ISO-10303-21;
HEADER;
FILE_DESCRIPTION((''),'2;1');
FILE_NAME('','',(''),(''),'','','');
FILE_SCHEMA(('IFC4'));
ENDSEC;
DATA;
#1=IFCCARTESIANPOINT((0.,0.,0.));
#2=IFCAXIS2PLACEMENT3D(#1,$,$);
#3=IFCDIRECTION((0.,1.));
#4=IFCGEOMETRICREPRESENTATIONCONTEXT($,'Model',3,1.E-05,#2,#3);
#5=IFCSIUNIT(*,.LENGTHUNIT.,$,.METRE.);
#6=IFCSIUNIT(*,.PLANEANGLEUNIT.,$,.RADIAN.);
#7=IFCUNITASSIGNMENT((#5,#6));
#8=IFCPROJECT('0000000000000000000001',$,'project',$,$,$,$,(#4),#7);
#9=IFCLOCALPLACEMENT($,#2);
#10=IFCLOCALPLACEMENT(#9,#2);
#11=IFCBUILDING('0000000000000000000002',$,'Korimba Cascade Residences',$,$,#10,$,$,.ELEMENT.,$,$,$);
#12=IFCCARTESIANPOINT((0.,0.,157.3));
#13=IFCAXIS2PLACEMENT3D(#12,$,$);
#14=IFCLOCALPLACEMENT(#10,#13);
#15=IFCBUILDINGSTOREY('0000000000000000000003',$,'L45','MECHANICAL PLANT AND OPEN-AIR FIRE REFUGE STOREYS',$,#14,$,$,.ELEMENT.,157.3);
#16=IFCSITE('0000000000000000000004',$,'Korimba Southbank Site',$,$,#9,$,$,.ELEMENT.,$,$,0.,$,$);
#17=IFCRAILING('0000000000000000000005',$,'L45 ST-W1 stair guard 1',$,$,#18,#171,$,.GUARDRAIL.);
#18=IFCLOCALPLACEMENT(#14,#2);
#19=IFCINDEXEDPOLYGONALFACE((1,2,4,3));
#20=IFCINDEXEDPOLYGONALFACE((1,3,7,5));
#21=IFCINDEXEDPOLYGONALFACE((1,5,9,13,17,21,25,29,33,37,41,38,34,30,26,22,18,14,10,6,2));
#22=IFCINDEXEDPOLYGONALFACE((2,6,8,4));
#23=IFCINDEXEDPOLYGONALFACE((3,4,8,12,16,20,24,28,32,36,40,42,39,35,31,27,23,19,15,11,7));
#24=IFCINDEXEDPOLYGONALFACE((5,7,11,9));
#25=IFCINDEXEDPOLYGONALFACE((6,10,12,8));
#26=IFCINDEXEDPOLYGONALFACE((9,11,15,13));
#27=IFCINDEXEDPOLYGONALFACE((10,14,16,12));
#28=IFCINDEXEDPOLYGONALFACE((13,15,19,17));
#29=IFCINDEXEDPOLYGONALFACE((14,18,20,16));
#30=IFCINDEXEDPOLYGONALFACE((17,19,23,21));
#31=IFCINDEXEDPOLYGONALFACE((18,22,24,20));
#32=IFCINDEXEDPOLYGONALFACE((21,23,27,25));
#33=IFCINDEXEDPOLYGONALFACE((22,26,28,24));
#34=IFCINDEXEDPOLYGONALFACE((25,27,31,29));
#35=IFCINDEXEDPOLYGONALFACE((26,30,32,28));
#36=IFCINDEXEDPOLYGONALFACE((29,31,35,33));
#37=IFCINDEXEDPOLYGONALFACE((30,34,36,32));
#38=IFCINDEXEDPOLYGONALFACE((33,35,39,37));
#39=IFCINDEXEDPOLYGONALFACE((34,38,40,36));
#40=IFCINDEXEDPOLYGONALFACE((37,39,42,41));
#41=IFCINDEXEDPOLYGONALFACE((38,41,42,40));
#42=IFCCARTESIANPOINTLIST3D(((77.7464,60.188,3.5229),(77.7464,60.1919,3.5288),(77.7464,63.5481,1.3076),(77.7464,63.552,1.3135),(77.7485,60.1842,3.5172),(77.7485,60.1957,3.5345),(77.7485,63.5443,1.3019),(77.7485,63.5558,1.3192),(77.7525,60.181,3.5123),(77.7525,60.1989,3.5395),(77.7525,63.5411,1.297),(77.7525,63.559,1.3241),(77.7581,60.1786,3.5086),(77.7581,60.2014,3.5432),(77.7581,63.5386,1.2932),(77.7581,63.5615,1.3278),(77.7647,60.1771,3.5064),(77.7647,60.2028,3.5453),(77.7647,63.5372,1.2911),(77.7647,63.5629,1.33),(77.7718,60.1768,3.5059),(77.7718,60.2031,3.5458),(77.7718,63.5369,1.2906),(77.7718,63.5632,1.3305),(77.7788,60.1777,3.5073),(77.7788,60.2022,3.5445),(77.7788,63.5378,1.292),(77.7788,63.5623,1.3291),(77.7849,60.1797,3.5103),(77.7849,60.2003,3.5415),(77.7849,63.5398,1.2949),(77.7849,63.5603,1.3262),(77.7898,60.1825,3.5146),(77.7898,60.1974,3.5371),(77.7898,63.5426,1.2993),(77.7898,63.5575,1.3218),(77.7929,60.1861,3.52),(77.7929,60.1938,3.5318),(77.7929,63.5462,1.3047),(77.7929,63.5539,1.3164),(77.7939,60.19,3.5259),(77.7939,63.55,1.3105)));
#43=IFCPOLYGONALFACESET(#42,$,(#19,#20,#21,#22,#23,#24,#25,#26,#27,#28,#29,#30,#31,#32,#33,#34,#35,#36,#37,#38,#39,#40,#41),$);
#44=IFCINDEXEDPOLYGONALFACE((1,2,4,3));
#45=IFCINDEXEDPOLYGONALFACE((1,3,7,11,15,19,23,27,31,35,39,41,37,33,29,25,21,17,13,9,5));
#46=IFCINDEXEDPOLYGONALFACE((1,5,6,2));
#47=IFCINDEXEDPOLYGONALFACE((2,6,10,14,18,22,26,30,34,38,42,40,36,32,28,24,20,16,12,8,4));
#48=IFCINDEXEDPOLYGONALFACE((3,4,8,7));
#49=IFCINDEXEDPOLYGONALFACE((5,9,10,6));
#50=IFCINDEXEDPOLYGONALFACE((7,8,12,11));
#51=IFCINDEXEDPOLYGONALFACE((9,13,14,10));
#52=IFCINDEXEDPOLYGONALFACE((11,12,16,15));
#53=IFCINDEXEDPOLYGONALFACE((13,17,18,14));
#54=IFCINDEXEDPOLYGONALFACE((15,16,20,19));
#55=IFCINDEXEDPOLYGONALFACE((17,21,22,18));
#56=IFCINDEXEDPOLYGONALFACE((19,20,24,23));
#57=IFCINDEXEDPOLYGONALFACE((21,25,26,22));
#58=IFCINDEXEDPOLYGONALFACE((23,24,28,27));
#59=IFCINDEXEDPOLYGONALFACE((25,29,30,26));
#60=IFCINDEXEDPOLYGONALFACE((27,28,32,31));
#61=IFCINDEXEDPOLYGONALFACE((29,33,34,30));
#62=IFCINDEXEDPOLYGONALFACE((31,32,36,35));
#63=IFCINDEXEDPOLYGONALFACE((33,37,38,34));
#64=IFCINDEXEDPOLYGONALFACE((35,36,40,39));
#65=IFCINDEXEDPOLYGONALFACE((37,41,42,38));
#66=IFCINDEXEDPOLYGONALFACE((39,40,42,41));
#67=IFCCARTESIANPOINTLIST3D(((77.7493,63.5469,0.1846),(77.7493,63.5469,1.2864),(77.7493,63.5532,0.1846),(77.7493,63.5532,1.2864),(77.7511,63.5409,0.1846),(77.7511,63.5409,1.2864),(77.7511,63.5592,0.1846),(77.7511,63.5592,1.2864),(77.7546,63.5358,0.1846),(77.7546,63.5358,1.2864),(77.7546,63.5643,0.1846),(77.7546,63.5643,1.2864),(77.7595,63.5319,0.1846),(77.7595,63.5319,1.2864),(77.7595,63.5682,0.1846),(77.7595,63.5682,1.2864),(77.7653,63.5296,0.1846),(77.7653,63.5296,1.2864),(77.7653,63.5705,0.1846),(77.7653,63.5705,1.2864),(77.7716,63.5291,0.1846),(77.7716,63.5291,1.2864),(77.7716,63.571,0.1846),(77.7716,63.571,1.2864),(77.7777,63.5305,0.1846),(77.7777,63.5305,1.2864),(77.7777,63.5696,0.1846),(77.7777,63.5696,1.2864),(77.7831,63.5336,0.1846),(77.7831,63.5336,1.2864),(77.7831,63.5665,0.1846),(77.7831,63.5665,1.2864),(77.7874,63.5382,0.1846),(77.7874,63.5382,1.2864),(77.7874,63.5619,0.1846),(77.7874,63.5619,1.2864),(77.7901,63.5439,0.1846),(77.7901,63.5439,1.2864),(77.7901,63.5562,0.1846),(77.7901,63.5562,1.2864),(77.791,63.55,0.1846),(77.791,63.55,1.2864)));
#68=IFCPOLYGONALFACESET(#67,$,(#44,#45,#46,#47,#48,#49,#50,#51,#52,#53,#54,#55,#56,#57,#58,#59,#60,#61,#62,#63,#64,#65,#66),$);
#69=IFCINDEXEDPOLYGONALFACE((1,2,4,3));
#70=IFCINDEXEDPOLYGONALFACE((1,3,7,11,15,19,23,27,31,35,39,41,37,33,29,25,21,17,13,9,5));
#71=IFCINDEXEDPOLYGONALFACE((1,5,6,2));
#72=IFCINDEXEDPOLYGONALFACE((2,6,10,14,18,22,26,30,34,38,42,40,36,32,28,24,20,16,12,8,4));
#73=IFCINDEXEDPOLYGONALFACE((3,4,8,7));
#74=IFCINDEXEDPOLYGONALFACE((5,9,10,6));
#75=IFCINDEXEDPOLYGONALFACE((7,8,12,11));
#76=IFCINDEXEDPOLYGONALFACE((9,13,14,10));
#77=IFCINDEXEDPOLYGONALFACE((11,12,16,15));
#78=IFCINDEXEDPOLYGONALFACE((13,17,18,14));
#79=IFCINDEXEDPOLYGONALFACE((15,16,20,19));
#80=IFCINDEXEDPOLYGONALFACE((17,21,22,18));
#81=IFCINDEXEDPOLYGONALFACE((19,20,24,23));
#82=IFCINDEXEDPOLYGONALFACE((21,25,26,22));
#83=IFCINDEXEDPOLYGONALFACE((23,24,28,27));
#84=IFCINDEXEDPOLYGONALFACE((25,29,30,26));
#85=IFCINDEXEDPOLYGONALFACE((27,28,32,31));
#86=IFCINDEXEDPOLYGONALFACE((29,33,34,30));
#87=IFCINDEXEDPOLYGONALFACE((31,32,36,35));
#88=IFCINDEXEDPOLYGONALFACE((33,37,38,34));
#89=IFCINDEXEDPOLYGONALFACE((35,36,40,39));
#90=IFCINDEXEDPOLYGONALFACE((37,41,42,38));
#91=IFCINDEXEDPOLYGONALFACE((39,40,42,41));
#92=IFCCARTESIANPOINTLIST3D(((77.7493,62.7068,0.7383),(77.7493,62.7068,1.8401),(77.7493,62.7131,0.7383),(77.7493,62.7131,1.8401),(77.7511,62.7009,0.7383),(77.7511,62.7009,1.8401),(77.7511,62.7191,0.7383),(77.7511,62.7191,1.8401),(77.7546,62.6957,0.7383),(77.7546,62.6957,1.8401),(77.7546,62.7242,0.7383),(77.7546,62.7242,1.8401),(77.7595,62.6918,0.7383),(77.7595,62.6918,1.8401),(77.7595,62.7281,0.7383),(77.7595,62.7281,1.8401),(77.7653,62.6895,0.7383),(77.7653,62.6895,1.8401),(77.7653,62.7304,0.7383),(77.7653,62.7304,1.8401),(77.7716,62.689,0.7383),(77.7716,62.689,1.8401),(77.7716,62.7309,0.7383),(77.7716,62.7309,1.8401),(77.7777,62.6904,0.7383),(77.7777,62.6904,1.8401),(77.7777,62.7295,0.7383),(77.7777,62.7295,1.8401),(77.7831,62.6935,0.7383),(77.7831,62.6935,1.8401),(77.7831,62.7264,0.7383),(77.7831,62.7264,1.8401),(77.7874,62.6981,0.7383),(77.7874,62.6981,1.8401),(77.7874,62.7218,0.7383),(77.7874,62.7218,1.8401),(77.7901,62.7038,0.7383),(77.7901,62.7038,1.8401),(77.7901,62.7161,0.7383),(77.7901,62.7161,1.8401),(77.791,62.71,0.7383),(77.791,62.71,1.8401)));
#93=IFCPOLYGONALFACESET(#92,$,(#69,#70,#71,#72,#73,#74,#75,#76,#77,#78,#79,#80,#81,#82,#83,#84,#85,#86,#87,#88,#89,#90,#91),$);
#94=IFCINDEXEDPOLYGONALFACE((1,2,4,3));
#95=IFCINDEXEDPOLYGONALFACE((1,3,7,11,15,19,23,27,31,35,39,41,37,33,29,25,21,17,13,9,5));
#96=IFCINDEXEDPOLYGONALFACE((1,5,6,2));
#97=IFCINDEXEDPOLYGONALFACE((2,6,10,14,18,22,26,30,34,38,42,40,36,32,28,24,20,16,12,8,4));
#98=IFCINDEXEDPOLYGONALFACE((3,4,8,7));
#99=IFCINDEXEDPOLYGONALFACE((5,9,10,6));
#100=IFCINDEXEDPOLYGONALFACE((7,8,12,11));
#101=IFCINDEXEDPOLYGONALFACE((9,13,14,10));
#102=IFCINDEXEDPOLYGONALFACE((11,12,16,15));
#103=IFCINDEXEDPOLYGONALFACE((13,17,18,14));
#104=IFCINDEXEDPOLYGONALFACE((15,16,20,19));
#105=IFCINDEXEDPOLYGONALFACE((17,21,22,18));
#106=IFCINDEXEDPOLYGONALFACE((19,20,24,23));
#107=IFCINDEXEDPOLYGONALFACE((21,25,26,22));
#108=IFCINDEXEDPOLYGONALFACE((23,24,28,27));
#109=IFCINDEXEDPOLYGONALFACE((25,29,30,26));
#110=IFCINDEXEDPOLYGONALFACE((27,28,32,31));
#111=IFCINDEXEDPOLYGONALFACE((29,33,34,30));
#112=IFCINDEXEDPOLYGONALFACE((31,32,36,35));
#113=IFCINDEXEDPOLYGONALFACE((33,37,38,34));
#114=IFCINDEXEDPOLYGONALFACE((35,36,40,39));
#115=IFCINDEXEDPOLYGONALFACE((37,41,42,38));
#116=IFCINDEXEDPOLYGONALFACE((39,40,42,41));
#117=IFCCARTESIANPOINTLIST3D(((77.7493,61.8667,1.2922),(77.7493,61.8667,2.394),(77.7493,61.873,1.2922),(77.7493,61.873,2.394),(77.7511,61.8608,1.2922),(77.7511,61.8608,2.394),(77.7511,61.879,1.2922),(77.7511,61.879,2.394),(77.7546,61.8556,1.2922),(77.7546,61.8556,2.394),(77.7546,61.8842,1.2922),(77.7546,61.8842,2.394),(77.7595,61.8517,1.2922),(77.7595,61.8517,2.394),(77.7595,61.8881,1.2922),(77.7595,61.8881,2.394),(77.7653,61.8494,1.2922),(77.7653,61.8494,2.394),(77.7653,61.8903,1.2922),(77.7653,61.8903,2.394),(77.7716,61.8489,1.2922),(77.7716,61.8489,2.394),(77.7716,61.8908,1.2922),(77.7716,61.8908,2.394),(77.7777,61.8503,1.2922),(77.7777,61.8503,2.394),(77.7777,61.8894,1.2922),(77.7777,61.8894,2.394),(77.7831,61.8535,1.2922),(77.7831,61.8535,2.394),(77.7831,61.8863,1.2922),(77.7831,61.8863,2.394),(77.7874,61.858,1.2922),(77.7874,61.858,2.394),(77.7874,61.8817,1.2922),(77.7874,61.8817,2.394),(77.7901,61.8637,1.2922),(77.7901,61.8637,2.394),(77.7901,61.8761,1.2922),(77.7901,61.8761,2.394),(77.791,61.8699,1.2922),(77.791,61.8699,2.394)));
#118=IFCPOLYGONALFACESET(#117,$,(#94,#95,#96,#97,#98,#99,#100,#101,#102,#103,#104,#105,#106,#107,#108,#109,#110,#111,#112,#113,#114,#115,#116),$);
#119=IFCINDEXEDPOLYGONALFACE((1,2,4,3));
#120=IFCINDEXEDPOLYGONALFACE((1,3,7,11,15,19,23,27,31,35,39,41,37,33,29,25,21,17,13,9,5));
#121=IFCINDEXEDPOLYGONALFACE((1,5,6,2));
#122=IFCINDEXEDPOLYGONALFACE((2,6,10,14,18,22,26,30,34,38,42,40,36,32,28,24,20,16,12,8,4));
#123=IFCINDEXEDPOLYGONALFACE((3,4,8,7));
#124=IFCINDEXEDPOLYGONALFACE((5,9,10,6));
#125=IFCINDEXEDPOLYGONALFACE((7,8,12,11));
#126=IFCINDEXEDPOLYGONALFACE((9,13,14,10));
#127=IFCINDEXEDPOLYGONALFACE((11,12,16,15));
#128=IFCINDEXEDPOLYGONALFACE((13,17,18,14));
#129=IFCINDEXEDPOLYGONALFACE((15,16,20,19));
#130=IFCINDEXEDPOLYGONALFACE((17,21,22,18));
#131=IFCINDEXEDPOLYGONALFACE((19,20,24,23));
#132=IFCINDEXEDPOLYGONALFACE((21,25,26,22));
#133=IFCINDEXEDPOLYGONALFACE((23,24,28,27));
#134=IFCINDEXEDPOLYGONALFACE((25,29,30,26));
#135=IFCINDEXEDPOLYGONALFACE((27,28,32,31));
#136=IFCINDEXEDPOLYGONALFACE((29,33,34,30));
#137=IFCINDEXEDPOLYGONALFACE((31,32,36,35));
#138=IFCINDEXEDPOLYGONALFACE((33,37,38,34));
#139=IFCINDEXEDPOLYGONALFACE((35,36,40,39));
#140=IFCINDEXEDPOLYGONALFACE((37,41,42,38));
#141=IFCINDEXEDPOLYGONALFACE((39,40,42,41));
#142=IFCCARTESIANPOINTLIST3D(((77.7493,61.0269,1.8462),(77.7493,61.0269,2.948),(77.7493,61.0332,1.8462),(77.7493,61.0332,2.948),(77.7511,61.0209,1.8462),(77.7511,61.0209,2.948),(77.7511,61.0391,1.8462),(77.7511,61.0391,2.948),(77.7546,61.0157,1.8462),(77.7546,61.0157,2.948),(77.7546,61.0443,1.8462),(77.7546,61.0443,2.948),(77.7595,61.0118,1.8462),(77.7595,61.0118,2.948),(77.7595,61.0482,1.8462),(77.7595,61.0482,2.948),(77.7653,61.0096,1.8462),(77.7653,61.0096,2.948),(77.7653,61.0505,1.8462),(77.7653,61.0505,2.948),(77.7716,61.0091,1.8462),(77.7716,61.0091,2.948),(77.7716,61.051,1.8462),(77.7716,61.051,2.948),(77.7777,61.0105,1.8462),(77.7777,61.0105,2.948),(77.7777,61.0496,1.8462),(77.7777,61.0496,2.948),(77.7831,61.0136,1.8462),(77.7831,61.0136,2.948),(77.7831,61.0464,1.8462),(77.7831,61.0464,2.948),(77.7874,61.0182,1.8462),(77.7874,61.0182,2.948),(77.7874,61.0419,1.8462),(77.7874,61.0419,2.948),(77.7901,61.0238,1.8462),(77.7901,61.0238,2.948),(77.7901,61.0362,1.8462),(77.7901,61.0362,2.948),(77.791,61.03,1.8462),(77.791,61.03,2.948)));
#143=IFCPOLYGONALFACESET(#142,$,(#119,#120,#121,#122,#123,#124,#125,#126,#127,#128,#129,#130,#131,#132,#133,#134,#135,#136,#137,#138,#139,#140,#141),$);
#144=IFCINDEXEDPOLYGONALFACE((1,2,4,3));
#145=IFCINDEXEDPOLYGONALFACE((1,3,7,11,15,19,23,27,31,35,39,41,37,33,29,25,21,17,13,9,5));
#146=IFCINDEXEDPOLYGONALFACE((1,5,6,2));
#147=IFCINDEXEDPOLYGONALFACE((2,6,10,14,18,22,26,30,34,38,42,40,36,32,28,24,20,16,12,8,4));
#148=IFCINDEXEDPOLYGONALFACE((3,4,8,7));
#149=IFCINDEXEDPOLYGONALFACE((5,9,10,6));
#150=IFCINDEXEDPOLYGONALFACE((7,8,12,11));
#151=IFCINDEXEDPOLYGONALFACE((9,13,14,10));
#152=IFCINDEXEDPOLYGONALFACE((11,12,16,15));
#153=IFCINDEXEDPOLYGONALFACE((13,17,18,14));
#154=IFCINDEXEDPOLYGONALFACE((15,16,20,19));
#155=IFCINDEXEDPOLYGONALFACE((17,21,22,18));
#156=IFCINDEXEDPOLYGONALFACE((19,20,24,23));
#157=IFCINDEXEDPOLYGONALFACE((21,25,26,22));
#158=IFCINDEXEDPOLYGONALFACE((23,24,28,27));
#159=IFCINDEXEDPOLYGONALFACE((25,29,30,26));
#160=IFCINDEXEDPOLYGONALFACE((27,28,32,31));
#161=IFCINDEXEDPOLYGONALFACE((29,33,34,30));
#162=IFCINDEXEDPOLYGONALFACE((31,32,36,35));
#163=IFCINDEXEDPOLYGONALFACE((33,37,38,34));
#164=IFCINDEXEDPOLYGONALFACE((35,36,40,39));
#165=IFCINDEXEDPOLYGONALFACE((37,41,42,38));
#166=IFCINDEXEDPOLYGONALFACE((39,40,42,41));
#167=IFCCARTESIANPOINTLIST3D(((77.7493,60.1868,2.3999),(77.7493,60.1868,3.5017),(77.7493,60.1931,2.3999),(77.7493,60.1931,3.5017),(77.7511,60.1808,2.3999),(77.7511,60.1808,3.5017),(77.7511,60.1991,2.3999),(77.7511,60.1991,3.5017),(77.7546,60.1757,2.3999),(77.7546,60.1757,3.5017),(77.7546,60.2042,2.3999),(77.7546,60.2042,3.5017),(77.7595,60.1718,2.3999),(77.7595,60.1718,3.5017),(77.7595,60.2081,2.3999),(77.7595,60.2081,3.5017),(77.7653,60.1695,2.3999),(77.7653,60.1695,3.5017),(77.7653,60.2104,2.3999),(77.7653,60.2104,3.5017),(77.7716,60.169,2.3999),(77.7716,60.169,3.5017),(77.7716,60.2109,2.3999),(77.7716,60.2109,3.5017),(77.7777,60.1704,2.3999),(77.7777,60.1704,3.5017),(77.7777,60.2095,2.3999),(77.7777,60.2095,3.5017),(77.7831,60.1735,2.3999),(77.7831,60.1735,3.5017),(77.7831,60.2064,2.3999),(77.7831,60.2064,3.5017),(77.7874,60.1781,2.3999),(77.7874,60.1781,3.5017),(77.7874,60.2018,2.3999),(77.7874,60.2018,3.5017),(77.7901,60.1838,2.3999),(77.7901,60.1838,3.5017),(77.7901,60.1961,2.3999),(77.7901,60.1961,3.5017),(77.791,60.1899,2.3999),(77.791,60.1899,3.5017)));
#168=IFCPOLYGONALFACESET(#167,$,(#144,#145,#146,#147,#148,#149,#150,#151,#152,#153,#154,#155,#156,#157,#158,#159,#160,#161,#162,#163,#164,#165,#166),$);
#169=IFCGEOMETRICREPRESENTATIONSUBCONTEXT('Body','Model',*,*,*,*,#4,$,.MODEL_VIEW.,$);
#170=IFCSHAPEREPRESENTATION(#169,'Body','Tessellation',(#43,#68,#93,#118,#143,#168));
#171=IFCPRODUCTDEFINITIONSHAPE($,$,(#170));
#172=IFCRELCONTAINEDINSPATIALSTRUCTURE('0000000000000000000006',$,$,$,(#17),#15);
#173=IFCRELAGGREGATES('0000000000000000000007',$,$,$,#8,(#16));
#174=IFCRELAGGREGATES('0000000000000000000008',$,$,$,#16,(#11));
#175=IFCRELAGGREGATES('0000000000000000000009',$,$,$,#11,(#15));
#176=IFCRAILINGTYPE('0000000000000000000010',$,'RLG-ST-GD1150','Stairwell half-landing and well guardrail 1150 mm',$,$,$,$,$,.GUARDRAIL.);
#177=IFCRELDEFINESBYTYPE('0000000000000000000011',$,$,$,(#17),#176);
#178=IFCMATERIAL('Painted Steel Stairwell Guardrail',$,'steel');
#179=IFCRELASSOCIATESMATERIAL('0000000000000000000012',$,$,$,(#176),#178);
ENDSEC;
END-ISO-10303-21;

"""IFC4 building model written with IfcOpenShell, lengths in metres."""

from ifc_helpers import new_model, si_unit, direction, frame, origin, origin_2d, place, context, subcontext, project, spatial, circle, extrude, material, type_object, element, save


model = new_model("IFC4")

# Units and contexts
model_context = context("Model", 3, precision=1e-05, world=origin(), true_north=direction((0.0, 1.0)))
body_context = subcontext(model_context, "Body", "Model", "MODEL_VIEW")
ifc_project = project(units=[si_unit("LENGTHUNIT", "METRE"), si_unit("PLANEANGLEUNIT", "RADIAN")], contexts=[model_context])

# Site, building, storey
site_placement = place(None, origin())
site = spatial("IfcSite", under=ifc_project, at=site_placement, Name="Korimba Southbank Site", CompositionType="ELEMENT", RefElevation=0.0)
building_placement = place(site_placement, origin())
building = spatial("IfcBuilding", under=site, at=building_placement, Name="Korimba Cascade Residences", CompositionType="ELEMENT")
storey_placement = place(building_placement, frame((0.0, 0.0, 157.3)))
storey = spatial("IfcBuildingStorey", under=building, at=storey_placement, Name="L45", Description="MECHANICAL PLANT AND OPEN-AIR FIRE REFUGE STOREYS", CompositionType="ELEMENT", Elevation=157.3)

# Railing
ifc_material_1 = material(Name="Painted Steel Stairwell Guardrail", Category="steel")
railing_type_1 = type_object("IfcRailingType", Name="RLG-ST-GD1150", Description="Stairwell half-landing and well guardrail 1150 mm", PredefinedType="GUARDRAIL", material=ifc_material_1)
railing_1_placement = place(storey_placement, frame((77.77, 63.55, 0.1846)))
element("IfcRailing", 1, at=railing_1_placement, inside=storey, type_object=railing_type_1, Name="L45 ST-W1 stair guard 1", PredefinedType="GUARDRAIL", context=body_context, shape_type="SweptSolid", body=[
    extrude(circle(Radius=0.0239, at=origin_2d()), frame((0.0, 0.0, 1.126), z_axis=(0.0, -0.834876, 0.550437), x_axis=(1.0, 0.0, 0.0)), (0.0, 0.0, 1.0), 4.0247),
    extrude(circle(Radius=0.021, at=origin_2d()), origin(), (0.0, 0.0, 1.0), 1.1018),
    extrude(circle(Radius=0.021, at=origin_2d()), frame((0.0, -0.8401, 0.5537)), (0.0, 0.0, 1.0), 1.1018),
    extrude(circle(Radius=0.021, at=origin_2d()), frame((0.0, -1.6802, 1.1077)), (0.0, 0.0, 1.0), 1.1018),
    extrude(circle(Radius=0.021, at=origin_2d()), frame((0.0, -2.52, 1.6616)), (0.0, 0.0, 1.0), 1.1018),
    extrude(circle(Radius=0.021, at=origin_2d()), frame((0.0, -3.3601, 2.2153)), (0.0, 0.0, 1.0), 1.1018),
])

save(model, "model.ifc")
